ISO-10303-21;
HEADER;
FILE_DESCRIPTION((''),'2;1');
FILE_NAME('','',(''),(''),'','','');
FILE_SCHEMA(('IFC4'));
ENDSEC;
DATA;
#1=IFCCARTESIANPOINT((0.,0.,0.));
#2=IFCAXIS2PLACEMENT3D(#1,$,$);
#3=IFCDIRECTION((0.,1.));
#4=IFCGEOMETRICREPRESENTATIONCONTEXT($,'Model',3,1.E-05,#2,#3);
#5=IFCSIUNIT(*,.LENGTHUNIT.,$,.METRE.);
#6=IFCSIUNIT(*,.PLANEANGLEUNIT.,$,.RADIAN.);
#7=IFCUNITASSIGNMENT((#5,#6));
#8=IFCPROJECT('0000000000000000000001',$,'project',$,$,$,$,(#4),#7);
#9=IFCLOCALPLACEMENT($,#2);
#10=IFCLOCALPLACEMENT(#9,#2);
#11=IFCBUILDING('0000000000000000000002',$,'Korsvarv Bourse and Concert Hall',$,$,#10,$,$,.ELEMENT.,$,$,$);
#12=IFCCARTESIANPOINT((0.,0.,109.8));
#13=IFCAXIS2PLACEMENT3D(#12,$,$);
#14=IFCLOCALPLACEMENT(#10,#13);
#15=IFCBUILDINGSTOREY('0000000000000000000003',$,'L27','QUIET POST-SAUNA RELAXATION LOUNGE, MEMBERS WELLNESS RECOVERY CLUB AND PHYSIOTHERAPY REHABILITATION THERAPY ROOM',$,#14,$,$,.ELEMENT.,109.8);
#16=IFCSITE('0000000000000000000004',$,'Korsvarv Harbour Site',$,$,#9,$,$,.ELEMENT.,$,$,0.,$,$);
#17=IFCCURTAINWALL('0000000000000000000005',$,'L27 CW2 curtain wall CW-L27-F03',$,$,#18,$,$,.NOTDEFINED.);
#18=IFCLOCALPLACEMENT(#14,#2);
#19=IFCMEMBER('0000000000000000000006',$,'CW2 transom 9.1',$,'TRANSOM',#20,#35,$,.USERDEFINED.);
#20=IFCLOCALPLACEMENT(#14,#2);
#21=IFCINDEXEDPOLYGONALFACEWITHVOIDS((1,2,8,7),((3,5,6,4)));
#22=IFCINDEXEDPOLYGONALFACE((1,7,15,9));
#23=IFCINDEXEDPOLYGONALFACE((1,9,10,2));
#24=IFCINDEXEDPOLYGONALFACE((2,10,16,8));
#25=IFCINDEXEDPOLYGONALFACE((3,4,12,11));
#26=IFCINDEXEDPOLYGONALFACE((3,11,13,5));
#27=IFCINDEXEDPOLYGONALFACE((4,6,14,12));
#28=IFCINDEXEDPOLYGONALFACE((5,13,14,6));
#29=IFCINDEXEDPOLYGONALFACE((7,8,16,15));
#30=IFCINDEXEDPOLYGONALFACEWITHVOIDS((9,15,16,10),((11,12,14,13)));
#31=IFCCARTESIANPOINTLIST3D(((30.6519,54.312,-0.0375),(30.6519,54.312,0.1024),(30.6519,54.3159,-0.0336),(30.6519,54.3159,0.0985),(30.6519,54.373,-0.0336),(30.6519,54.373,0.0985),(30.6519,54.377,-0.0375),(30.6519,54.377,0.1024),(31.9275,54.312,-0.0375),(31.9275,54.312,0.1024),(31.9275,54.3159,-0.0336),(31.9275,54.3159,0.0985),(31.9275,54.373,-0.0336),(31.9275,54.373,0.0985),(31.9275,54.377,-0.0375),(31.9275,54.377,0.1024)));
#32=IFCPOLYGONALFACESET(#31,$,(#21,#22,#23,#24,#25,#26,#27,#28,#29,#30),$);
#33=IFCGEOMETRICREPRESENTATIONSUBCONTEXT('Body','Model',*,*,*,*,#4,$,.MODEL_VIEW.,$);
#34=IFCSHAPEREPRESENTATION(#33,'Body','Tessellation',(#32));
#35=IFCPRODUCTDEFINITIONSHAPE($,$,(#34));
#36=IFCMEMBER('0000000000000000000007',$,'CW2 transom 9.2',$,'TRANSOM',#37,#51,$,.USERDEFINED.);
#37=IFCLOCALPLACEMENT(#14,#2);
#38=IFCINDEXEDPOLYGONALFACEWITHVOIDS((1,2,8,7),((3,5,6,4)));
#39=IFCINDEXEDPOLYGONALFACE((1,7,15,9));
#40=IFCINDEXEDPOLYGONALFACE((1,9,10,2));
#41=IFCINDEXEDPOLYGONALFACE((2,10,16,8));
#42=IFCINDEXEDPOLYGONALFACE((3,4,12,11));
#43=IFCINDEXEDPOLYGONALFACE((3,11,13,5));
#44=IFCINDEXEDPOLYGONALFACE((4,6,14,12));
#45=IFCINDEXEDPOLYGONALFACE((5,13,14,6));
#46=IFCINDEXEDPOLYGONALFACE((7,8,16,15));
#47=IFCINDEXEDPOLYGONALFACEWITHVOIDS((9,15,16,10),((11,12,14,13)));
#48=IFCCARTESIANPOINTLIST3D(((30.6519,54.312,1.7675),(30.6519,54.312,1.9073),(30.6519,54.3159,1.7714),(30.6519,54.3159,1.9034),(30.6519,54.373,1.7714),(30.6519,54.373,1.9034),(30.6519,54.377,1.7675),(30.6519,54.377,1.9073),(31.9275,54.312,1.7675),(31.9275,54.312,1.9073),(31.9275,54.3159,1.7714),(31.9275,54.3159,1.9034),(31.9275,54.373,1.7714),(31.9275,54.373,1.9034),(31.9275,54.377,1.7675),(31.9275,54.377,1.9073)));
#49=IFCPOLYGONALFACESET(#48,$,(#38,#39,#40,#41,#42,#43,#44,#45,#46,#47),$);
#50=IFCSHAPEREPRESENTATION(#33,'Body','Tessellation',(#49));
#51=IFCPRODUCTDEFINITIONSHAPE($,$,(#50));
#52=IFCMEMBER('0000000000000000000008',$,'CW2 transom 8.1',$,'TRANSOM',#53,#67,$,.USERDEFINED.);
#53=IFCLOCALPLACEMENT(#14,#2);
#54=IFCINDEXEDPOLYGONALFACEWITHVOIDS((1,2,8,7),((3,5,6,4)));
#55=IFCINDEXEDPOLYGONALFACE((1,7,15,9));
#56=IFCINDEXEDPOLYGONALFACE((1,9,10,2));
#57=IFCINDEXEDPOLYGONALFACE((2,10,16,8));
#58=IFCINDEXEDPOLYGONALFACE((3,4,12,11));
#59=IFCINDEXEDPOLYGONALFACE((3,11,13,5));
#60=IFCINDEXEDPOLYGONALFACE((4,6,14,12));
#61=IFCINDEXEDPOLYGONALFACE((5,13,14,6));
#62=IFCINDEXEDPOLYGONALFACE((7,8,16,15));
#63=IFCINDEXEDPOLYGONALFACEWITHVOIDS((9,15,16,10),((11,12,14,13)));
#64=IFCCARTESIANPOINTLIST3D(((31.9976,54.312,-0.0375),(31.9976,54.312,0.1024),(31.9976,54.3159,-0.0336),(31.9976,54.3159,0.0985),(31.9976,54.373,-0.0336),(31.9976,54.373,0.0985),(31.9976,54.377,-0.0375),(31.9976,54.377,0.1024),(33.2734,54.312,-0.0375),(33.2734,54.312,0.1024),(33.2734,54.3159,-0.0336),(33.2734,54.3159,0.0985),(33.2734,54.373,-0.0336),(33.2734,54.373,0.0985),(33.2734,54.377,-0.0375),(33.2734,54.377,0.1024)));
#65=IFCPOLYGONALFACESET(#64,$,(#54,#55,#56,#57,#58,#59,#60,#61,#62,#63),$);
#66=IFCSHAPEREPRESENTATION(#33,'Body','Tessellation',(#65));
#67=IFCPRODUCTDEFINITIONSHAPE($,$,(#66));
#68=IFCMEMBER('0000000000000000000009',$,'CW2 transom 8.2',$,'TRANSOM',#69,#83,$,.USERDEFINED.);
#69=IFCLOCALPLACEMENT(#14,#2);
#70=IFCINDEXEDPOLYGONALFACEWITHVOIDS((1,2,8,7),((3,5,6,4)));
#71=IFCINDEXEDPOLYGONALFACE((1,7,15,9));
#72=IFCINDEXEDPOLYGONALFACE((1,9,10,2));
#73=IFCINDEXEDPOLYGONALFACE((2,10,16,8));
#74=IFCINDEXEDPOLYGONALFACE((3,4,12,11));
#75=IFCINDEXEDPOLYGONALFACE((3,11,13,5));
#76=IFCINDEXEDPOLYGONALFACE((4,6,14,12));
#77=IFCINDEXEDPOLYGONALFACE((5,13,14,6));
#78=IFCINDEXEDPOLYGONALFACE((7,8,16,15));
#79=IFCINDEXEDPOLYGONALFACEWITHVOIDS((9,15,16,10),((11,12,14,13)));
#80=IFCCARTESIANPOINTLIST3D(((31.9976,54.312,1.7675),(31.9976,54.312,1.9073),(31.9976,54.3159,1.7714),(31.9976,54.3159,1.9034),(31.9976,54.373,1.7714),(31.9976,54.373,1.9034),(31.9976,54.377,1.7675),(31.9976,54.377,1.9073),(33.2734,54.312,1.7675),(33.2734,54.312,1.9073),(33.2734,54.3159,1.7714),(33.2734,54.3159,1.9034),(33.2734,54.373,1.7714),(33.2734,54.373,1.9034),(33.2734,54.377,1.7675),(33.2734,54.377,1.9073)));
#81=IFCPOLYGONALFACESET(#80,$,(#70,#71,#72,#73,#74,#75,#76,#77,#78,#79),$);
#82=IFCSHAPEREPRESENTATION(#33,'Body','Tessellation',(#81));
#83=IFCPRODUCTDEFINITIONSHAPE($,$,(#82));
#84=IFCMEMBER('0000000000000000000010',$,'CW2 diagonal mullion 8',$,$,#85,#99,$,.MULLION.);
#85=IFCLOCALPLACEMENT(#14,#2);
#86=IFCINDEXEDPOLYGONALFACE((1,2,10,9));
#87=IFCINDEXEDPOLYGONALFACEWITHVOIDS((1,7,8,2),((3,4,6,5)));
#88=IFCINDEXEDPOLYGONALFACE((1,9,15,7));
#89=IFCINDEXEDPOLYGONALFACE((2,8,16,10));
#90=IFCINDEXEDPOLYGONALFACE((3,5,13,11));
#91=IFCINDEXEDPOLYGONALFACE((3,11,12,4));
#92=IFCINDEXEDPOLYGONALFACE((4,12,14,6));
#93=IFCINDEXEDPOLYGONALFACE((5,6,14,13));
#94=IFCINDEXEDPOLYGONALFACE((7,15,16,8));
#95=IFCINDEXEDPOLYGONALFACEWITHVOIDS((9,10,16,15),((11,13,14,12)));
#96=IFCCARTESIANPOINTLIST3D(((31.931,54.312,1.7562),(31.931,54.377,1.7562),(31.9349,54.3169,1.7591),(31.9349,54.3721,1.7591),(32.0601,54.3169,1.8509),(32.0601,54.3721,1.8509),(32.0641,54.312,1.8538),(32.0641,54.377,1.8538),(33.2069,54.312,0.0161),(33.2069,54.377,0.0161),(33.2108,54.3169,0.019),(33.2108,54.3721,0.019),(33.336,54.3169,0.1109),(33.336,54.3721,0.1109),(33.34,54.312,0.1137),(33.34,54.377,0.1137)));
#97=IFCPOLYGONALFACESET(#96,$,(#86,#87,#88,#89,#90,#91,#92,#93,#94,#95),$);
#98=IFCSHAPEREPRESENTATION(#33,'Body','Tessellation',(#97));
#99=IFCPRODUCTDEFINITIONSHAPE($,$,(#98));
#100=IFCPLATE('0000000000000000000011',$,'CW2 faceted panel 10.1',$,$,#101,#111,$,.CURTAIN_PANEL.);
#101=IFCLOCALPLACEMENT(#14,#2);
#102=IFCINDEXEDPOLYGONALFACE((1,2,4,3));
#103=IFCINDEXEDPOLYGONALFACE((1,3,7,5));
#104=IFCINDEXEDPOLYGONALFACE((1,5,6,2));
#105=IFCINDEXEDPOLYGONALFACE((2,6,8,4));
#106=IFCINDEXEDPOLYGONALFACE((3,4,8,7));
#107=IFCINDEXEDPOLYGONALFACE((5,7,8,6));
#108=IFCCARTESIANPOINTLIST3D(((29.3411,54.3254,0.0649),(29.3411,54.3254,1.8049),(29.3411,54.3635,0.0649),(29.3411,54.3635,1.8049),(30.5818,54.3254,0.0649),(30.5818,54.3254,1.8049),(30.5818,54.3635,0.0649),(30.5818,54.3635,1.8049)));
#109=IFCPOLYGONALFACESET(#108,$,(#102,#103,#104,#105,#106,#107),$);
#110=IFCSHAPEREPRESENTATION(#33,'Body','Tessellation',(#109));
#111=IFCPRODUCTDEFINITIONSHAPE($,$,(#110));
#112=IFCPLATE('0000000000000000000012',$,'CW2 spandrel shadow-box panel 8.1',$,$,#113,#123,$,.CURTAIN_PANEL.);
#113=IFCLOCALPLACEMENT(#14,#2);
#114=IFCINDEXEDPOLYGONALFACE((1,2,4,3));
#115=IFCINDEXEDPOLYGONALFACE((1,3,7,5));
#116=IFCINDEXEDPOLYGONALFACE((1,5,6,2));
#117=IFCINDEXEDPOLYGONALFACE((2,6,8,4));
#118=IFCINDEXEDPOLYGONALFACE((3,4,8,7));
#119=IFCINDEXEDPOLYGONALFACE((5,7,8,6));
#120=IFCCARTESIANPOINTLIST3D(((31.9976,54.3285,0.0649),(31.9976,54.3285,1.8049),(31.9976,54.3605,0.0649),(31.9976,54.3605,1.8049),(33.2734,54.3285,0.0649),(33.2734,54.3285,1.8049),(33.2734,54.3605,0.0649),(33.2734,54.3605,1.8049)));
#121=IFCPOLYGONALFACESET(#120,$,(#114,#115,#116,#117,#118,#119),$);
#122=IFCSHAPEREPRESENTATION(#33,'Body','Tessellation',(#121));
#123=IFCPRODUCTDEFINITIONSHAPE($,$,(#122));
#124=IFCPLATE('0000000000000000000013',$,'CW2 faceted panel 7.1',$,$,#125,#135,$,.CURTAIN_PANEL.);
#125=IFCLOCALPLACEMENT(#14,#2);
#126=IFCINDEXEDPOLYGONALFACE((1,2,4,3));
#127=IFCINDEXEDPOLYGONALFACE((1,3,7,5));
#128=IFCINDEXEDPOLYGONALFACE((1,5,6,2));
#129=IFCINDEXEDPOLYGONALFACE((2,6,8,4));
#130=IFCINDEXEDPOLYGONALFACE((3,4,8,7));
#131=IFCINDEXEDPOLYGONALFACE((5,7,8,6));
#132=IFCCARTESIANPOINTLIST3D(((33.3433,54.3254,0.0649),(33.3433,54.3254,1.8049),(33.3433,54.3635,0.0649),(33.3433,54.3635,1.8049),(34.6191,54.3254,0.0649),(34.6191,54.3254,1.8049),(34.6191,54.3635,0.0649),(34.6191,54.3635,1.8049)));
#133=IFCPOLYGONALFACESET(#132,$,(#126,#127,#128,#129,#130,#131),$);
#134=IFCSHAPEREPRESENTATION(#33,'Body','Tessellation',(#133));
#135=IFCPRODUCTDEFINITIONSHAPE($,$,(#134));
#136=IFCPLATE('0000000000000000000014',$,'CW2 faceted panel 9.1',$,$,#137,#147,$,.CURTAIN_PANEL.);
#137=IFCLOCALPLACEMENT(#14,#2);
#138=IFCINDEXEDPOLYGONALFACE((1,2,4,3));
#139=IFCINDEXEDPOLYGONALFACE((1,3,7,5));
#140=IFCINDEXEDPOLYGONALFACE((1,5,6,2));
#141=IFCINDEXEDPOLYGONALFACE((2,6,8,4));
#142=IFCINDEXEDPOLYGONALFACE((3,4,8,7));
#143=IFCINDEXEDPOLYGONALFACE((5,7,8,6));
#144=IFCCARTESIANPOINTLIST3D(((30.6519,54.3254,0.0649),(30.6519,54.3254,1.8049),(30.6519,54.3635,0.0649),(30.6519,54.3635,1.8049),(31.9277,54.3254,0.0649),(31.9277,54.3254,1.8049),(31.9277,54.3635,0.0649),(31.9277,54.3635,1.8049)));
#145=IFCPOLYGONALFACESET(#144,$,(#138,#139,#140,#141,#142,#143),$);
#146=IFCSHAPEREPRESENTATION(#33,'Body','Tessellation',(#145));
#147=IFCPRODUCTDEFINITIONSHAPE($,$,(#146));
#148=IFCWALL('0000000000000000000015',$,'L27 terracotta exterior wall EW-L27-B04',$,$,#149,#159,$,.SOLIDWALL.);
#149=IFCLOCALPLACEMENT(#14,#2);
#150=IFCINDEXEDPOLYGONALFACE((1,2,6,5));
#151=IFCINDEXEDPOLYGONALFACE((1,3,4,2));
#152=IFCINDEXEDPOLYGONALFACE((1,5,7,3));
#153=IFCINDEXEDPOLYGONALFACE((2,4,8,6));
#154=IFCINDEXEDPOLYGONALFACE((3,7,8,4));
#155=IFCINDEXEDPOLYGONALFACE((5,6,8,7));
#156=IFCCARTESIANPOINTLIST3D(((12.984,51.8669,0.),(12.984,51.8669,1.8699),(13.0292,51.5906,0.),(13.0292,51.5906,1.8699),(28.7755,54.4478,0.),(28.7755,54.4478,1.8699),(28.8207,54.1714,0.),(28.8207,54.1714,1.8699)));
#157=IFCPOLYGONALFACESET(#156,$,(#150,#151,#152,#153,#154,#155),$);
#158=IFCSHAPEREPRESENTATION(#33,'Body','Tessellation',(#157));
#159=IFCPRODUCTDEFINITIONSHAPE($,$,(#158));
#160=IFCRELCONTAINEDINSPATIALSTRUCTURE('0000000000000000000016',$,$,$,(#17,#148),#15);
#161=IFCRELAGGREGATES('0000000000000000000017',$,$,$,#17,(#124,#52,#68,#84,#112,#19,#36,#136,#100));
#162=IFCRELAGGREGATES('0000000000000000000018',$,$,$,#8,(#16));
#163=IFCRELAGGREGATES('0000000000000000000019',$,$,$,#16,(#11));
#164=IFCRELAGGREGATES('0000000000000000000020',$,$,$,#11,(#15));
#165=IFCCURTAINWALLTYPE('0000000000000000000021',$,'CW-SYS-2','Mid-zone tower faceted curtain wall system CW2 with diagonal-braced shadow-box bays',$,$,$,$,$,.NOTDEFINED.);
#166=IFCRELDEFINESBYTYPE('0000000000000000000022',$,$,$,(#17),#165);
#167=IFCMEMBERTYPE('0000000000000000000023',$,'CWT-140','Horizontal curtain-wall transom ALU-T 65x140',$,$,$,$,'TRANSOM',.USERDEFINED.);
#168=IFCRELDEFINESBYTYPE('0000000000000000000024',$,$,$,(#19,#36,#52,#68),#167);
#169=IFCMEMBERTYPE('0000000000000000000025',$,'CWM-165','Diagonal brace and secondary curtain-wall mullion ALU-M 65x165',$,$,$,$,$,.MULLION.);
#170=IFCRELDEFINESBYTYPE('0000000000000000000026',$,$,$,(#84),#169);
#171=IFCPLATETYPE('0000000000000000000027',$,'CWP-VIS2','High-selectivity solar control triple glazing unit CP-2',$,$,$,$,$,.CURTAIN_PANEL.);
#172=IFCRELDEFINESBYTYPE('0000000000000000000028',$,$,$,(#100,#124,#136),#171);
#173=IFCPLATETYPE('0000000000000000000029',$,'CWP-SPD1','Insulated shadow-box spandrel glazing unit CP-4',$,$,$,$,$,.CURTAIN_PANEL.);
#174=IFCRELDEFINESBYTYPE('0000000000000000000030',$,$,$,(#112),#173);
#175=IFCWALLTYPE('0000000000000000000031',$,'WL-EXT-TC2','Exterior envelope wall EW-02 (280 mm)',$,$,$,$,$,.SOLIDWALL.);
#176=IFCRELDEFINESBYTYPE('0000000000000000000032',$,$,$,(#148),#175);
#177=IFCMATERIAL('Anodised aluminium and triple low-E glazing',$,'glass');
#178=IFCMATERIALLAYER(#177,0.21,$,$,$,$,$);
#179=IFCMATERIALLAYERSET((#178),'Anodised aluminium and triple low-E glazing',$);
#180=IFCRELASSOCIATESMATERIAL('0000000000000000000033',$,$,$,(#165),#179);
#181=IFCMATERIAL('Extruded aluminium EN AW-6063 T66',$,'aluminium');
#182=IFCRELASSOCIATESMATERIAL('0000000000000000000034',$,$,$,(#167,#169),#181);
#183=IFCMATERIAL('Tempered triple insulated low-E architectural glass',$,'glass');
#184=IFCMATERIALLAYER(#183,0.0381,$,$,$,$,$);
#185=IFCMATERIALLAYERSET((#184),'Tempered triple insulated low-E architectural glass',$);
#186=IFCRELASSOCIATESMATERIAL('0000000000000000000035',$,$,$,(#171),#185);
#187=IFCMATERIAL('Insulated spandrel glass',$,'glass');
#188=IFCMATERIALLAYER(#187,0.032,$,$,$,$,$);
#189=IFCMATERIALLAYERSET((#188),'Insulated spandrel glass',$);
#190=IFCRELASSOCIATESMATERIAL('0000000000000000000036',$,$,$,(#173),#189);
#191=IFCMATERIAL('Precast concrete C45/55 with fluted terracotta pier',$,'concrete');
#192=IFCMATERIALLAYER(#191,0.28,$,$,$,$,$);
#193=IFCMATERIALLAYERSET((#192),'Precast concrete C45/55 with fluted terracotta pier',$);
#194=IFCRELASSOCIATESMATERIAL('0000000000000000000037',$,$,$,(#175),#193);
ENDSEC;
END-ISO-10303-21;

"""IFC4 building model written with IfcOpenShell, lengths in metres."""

from ifc_helpers import new_model, si_unit, direction, frame, frame_2d, origin, origin_2d, place, context, subcontext, project, spatial, rectangle, hollow_rectangle, extrude, source, transform, mapped, material, layer, layer_set, material_profile, profile_set, type_object, element, aggregate, save


model = new_model("IFC4")

# Units and contexts
model_context = context("Model", 3, precision=1e-05, world=origin(), true_north=direction((0.0, 1.0)))
body_context = subcontext(model_context, "Body", "Model", "MODEL_VIEW")
ifc_project = project(units=[si_unit("LENGTHUNIT", "METRE"), si_unit("PLANEANGLEUNIT", "RADIAN")], contexts=[model_context])

# Site, building, storey
site_placement = place(None, origin())
site = spatial("IfcSite", under=ifc_project, at=site_placement, Name="Korsvarv Harbour Site", CompositionType="ELEMENT", RefElevation=0.0)
building_placement = place(site_placement, origin())
building = spatial("IfcBuilding", under=site, at=building_placement, Name="Korsvarv Bourse and Concert Hall", CompositionType="ELEMENT")
storey_placement = place(building_placement, frame((0.0, 0.0, 109.8)))
storey = spatial("IfcBuildingStorey", under=building, at=storey_placement, Name="L27", Description="QUIET POST-SAUNA RELAXATION LOUNGE, MEMBERS WELLNESS RECOVERY CLUB AND PHYSIOTHERAPY REHABILITATION THERAPY ROOM", CompositionType="ELEMENT", Elevation=109.8)

# Curtain wall, members, plates
ifc_material_1 = material(Name="Anodised aluminium and triple low-E glazing", Category="glass")
ifc_layer_1 = layer(ifc_material_1, 0.21)
ifc_layer_set_1 = layer_set([ifc_layer_1], Name="Anodised aluminium and triple low-E glazing")
curtain_wall_type = type_object("IfcCurtainWallType", Name="CW-SYS-2", Description="Mid-zone tower faceted curtain wall system CW2 with diagonal-braced shadow-box bays", PredefinedType="NOTDEFINED", material=ifc_layer_set_1)
curtain_wall_placement = place(storey_placement, origin())
curtain_wall = element("IfcCurtainWall", 1, at=curtain_wall_placement, inside=storey, type_object=curtain_wall_type, Name="L27 CW2 curtain wall CW-L27-F03", PredefinedType="NOTDEFINED")
ifc_material_2 = material(Name="Extruded aluminium EN AW-6063 T66", Category="aluminium")
ifc_material_profile_1 = material_profile(ifc_material_2, hollow_rectangle(XDim=0.0649, YDim=0.1399, WallThickness=0.0039, at=origin_2d()), Name="ALU-T 65x140")
ifc_profile_set_1 = profile_set([ifc_material_profile_1], Name="Extruded aluminium EN AW-6063 T66")
member_type_1 = type_object("IfcMemberType", Name="CWT-140", Description="Horizontal curtain-wall transom ALU-T 65x140", ElementType="TRANSOM", PredefinedType="USERDEFINED", material=ifc_profile_set_1)
shared_shape_1 = source(origin(), body_context, "Body", "SweptSolid", [
    extrude(hollow_rectangle(XDim=0.0649, YDim=0.1399, WallThickness=0.0039, at=origin_2d()), origin(), (0.0, 0.0, 1.0), 1.2756),
])
member_1_placement = place(storey_placement, frame((31.9275, 54.3445, 0.0325), z_axis=(-1.0, 0.0, 0.0), x_axis=(0.0, -1.0, 0.0)))
member_1 = element("IfcMember", 2, at=member_1_placement, type_object=member_type_1, Name="CW2 transom 9.1", ObjectType="TRANSOM", PredefinedType="USERDEFINED", context=body_context, shape_type="MappedRepresentation", body=[
    mapped(shared_shape_1, transform((0.0, 0.0, 0.0), scale=1.0)),
])
member_2_placement = place(storey_placement, frame((31.9275, 54.3445, 1.8374), z_axis=(-1.0, 0.0, 0.0), x_axis=(0.0, -1.0, 0.0)))
member_2 = element("IfcMember", 3, at=member_2_placement, type_object=member_type_1, Name="CW2 transom 9.2", ObjectType="TRANSOM", PredefinedType="USERDEFINED", context=body_context, shape_type="MappedRepresentation", body=[
    mapped(shared_shape_1, transform((0.0, 0.0, 0.0), scale=1.0)),
])
shared_shape_2 = source(origin(), body_context, "Body", "SweptSolid", [
    extrude(hollow_rectangle(XDim=0.0649, YDim=0.1399, WallThickness=0.0039, at=origin_2d()), origin(), (0.0, 0.0, 1.0), 1.2759),
])
member_3_placement = place(storey_placement, frame((33.2734, 54.3445, 0.0325), z_axis=(-1.0, 0.0, 0.0), x_axis=(0.0, -1.0, 0.0)))
member_3 = element("IfcMember", 4, at=member_3_placement, type_object=member_type_1, Name="CW2 transom 8.1", ObjectType="TRANSOM", PredefinedType="USERDEFINED", context=body_context, shape_type="MappedRepresentation", body=[
    mapped(shared_shape_2, transform((0.0, 0.0, 0.0), scale=1.0)),
])
member_4_placement = place(storey_placement, frame((33.2734, 54.3445, 1.8374), z_axis=(-1.0, 0.0, 0.0), x_axis=(0.0, -1.0, 0.0)))
member_4 = element("IfcMember", 5, at=member_4_placement, type_object=member_type_1, Name="CW2 transom 8.2", ObjectType="TRANSOM", PredefinedType="USERDEFINED", context=body_context, shape_type="MappedRepresentation", body=[
    mapped(shared_shape_2, transform((0.0, 0.0, 0.0), scale=1.0)),
])
ifc_material_profile_2 = material_profile(ifc_material_2, hollow_rectangle(XDim=0.0649, YDim=0.165, WallThickness=0.0049, at=origin_2d()), Name="ALU-M 65x165")
ifc_profile_set_2 = profile_set([ifc_material_profile_2], Name="Extruded aluminium EN AW-6063 T66")
member_type_2 = type_object("IfcMemberType", Name="CWM-165", Description="Diagonal brace and secondary curtain-wall mullion ALU-M 65x165", PredefinedType="MULLION", material=ifc_profile_set_2)
shared_shape_3 = source(origin(), body_context, "Body", "SweptSolid", [
    extrude(hollow_rectangle(XDim=0.0649, YDim=0.165, WallThickness=0.0049, at=origin_2d()), origin(), (0.0, 0.0, 1.0), 2.1577),
])
member_5_placement = place(storey_placement, frame((33.2734, 54.3445, 0.0649), z_axis=(-0.591329, 0.0, 0.80643), x_axis=(0.0, -1.0, 0.0)))
member_5 = element("IfcMember", 6, at=member_5_placement, type_object=member_type_2, Name="CW2 diagonal mullion 8", PredefinedType="MULLION", context=body_context, shape_type="MappedRepresentation", body=[
    mapped(shared_shape_3, transform((0.0, 0.0, 0.0), scale=1.0)),
])
ifc_material_3 = material(Name="Tempered triple insulated low-E architectural glass", Category="glass")
ifc_layer_2 = layer(ifc_material_3, 0.0381)
ifc_layer_set_2 = layer_set([ifc_layer_2], Name="Tempered triple insulated low-E architectural glass")
plate_type_1 = type_object("IfcPlateType", Name="CWP-VIS2", Description="High-selectivity solar control triple glazing unit CP-2", PredefinedType="CURTAIN_PANEL", material=ifc_layer_set_2)
shared_shape_4 = source(origin(), body_context, "Body", "SweptSolid", [
    extrude(rectangle(XDim=1.2407, YDim=0.0381, at=origin_2d()), origin(), (0.0, 0.0, 1.0), 1.74),
])
plate_1_placement = place(storey_placement, frame((29.9614, 54.3445, 0.0649), z_axis=(0.0, 0.0, 1.0), x_axis=(-1.0, 0.0, 0.0)))
plate_1 = element("IfcPlate", 7, at=plate_1_placement, type_object=plate_type_1, Name="CW2 faceted panel 10.1", PredefinedType="CURTAIN_PANEL", context=body_context, shape_type="MappedRepresentation", body=[
    mapped(shared_shape_4, transform((0.0, 0.0, 0.0), scale=1.0)),
])
ifc_material_4 = material(Name="Insulated spandrel glass", Category="glass")
ifc_layer_3 = layer(ifc_material_4, 0.032)
ifc_layer_set_3 = layer_set([ifc_layer_3], Name="Insulated spandrel glass")
plate_type_2 = type_object("IfcPlateType", Name="CWP-SPD1", Description="Insulated shadow-box spandrel glazing unit CP-4", PredefinedType="CURTAIN_PANEL", material=ifc_layer_set_3)
shared_shape_5 = source(origin(), body_context, "Body", "SweptSolid", [
    extrude(rectangle(XDim=1.2759, YDim=0.032, at=origin_2d()), origin(), (0.0, 0.0, 1.0), 1.74),
])
plate_2_placement = place(storey_placement, frame((32.6355, 54.3445, 0.0649), z_axis=(0.0, 0.0, 1.0), x_axis=(-1.0, 0.0, 0.0)))
plate_2 = element("IfcPlate", 8, at=plate_2_placement, type_object=plate_type_2, Name="CW2 spandrel shadow-box panel 8.1", PredefinedType="CURTAIN_PANEL", context=body_context, shape_type="MappedRepresentation", body=[
    mapped(shared_shape_5, transform((0.0, 0.0, 0.0), scale=1.0)),
])
shared_shape_6 = source(origin(), body_context, "Body", "SweptSolid", [
    extrude(rectangle(XDim=1.2759, YDim=0.0381, at=origin_2d()), origin(), (0.0, 0.0, 1.0), 1.74),
])
plate_3_placement = place(storey_placement, frame((33.9812, 54.3445, 0.0649), z_axis=(0.0, 0.0, 1.0), x_axis=(-1.0, 0.0, 0.0)))
plate_3 = element("IfcPlate", 9, at=plate_3_placement, type_object=plate_type_1, Name="CW2 faceted panel 7.1", PredefinedType="CURTAIN_PANEL", context=body_context, shape_type="MappedRepresentation", body=[
    mapped(shared_shape_6, transform((0.0, 0.0, 0.0), scale=1.0)),
])
plate_4_placement = place(storey_placement, frame((31.2898, 54.3445, 0.0649), z_axis=(0.0, 0.0, 1.0), x_axis=(-1.0, 0.0, 0.0)))
plate_4 = element("IfcPlate", 10, at=plate_4_placement, type_object=plate_type_1, Name="CW2 faceted panel 9.1", PredefinedType="CURTAIN_PANEL", context=body_context, shape_type="MappedRepresentation", body=[
    mapped(shared_shape_6, transform((0.0, 0.0, 0.0), scale=1.0)),
])
aggregate(curtain_wall, [plate_3, member_3, member_4, member_5, plate_2, member_1, member_2, plate_4, plate_1])

# Wall
ifc_material_5 = material(Name="Precast concrete C45/55 with fluted terracotta pier", Category="concrete")
ifc_layer_4 = layer(ifc_material_5, 0.28)
ifc_layer_set_4 = layer_set([ifc_layer_4], Name="Precast concrete C45/55 with fluted terracotta pier")
wall_type = type_object("IfcWallType", Name="WL-EXT-TC2", Description="Exterior envelope wall EW-02 (280 mm)", PredefinedType="SOLIDWALL", material=ifc_layer_set_4)
wall_placement = place(storey_placement, frame((28.7981, 54.3096, 0.0), z_axis=(0.0, 0.0, 1.0), x_axis=(-0.986907, -0.161291, 0.0)))
element("IfcWall", 11, at=wall_placement, inside=storey, type_object=wall_type, Name="L27 terracotta exterior wall EW-L27-B04", PredefinedType="SOLIDWALL", context=body_context, shape_type="SweptSolid", body=[
    extrude(rectangle(XDim=16.001, YDim=0.28, at=frame_2d((8.0005, 0.0))), origin(), (0.0, 0.0, 1.0), 1.8699),
])

save(model, "model.ifc")
